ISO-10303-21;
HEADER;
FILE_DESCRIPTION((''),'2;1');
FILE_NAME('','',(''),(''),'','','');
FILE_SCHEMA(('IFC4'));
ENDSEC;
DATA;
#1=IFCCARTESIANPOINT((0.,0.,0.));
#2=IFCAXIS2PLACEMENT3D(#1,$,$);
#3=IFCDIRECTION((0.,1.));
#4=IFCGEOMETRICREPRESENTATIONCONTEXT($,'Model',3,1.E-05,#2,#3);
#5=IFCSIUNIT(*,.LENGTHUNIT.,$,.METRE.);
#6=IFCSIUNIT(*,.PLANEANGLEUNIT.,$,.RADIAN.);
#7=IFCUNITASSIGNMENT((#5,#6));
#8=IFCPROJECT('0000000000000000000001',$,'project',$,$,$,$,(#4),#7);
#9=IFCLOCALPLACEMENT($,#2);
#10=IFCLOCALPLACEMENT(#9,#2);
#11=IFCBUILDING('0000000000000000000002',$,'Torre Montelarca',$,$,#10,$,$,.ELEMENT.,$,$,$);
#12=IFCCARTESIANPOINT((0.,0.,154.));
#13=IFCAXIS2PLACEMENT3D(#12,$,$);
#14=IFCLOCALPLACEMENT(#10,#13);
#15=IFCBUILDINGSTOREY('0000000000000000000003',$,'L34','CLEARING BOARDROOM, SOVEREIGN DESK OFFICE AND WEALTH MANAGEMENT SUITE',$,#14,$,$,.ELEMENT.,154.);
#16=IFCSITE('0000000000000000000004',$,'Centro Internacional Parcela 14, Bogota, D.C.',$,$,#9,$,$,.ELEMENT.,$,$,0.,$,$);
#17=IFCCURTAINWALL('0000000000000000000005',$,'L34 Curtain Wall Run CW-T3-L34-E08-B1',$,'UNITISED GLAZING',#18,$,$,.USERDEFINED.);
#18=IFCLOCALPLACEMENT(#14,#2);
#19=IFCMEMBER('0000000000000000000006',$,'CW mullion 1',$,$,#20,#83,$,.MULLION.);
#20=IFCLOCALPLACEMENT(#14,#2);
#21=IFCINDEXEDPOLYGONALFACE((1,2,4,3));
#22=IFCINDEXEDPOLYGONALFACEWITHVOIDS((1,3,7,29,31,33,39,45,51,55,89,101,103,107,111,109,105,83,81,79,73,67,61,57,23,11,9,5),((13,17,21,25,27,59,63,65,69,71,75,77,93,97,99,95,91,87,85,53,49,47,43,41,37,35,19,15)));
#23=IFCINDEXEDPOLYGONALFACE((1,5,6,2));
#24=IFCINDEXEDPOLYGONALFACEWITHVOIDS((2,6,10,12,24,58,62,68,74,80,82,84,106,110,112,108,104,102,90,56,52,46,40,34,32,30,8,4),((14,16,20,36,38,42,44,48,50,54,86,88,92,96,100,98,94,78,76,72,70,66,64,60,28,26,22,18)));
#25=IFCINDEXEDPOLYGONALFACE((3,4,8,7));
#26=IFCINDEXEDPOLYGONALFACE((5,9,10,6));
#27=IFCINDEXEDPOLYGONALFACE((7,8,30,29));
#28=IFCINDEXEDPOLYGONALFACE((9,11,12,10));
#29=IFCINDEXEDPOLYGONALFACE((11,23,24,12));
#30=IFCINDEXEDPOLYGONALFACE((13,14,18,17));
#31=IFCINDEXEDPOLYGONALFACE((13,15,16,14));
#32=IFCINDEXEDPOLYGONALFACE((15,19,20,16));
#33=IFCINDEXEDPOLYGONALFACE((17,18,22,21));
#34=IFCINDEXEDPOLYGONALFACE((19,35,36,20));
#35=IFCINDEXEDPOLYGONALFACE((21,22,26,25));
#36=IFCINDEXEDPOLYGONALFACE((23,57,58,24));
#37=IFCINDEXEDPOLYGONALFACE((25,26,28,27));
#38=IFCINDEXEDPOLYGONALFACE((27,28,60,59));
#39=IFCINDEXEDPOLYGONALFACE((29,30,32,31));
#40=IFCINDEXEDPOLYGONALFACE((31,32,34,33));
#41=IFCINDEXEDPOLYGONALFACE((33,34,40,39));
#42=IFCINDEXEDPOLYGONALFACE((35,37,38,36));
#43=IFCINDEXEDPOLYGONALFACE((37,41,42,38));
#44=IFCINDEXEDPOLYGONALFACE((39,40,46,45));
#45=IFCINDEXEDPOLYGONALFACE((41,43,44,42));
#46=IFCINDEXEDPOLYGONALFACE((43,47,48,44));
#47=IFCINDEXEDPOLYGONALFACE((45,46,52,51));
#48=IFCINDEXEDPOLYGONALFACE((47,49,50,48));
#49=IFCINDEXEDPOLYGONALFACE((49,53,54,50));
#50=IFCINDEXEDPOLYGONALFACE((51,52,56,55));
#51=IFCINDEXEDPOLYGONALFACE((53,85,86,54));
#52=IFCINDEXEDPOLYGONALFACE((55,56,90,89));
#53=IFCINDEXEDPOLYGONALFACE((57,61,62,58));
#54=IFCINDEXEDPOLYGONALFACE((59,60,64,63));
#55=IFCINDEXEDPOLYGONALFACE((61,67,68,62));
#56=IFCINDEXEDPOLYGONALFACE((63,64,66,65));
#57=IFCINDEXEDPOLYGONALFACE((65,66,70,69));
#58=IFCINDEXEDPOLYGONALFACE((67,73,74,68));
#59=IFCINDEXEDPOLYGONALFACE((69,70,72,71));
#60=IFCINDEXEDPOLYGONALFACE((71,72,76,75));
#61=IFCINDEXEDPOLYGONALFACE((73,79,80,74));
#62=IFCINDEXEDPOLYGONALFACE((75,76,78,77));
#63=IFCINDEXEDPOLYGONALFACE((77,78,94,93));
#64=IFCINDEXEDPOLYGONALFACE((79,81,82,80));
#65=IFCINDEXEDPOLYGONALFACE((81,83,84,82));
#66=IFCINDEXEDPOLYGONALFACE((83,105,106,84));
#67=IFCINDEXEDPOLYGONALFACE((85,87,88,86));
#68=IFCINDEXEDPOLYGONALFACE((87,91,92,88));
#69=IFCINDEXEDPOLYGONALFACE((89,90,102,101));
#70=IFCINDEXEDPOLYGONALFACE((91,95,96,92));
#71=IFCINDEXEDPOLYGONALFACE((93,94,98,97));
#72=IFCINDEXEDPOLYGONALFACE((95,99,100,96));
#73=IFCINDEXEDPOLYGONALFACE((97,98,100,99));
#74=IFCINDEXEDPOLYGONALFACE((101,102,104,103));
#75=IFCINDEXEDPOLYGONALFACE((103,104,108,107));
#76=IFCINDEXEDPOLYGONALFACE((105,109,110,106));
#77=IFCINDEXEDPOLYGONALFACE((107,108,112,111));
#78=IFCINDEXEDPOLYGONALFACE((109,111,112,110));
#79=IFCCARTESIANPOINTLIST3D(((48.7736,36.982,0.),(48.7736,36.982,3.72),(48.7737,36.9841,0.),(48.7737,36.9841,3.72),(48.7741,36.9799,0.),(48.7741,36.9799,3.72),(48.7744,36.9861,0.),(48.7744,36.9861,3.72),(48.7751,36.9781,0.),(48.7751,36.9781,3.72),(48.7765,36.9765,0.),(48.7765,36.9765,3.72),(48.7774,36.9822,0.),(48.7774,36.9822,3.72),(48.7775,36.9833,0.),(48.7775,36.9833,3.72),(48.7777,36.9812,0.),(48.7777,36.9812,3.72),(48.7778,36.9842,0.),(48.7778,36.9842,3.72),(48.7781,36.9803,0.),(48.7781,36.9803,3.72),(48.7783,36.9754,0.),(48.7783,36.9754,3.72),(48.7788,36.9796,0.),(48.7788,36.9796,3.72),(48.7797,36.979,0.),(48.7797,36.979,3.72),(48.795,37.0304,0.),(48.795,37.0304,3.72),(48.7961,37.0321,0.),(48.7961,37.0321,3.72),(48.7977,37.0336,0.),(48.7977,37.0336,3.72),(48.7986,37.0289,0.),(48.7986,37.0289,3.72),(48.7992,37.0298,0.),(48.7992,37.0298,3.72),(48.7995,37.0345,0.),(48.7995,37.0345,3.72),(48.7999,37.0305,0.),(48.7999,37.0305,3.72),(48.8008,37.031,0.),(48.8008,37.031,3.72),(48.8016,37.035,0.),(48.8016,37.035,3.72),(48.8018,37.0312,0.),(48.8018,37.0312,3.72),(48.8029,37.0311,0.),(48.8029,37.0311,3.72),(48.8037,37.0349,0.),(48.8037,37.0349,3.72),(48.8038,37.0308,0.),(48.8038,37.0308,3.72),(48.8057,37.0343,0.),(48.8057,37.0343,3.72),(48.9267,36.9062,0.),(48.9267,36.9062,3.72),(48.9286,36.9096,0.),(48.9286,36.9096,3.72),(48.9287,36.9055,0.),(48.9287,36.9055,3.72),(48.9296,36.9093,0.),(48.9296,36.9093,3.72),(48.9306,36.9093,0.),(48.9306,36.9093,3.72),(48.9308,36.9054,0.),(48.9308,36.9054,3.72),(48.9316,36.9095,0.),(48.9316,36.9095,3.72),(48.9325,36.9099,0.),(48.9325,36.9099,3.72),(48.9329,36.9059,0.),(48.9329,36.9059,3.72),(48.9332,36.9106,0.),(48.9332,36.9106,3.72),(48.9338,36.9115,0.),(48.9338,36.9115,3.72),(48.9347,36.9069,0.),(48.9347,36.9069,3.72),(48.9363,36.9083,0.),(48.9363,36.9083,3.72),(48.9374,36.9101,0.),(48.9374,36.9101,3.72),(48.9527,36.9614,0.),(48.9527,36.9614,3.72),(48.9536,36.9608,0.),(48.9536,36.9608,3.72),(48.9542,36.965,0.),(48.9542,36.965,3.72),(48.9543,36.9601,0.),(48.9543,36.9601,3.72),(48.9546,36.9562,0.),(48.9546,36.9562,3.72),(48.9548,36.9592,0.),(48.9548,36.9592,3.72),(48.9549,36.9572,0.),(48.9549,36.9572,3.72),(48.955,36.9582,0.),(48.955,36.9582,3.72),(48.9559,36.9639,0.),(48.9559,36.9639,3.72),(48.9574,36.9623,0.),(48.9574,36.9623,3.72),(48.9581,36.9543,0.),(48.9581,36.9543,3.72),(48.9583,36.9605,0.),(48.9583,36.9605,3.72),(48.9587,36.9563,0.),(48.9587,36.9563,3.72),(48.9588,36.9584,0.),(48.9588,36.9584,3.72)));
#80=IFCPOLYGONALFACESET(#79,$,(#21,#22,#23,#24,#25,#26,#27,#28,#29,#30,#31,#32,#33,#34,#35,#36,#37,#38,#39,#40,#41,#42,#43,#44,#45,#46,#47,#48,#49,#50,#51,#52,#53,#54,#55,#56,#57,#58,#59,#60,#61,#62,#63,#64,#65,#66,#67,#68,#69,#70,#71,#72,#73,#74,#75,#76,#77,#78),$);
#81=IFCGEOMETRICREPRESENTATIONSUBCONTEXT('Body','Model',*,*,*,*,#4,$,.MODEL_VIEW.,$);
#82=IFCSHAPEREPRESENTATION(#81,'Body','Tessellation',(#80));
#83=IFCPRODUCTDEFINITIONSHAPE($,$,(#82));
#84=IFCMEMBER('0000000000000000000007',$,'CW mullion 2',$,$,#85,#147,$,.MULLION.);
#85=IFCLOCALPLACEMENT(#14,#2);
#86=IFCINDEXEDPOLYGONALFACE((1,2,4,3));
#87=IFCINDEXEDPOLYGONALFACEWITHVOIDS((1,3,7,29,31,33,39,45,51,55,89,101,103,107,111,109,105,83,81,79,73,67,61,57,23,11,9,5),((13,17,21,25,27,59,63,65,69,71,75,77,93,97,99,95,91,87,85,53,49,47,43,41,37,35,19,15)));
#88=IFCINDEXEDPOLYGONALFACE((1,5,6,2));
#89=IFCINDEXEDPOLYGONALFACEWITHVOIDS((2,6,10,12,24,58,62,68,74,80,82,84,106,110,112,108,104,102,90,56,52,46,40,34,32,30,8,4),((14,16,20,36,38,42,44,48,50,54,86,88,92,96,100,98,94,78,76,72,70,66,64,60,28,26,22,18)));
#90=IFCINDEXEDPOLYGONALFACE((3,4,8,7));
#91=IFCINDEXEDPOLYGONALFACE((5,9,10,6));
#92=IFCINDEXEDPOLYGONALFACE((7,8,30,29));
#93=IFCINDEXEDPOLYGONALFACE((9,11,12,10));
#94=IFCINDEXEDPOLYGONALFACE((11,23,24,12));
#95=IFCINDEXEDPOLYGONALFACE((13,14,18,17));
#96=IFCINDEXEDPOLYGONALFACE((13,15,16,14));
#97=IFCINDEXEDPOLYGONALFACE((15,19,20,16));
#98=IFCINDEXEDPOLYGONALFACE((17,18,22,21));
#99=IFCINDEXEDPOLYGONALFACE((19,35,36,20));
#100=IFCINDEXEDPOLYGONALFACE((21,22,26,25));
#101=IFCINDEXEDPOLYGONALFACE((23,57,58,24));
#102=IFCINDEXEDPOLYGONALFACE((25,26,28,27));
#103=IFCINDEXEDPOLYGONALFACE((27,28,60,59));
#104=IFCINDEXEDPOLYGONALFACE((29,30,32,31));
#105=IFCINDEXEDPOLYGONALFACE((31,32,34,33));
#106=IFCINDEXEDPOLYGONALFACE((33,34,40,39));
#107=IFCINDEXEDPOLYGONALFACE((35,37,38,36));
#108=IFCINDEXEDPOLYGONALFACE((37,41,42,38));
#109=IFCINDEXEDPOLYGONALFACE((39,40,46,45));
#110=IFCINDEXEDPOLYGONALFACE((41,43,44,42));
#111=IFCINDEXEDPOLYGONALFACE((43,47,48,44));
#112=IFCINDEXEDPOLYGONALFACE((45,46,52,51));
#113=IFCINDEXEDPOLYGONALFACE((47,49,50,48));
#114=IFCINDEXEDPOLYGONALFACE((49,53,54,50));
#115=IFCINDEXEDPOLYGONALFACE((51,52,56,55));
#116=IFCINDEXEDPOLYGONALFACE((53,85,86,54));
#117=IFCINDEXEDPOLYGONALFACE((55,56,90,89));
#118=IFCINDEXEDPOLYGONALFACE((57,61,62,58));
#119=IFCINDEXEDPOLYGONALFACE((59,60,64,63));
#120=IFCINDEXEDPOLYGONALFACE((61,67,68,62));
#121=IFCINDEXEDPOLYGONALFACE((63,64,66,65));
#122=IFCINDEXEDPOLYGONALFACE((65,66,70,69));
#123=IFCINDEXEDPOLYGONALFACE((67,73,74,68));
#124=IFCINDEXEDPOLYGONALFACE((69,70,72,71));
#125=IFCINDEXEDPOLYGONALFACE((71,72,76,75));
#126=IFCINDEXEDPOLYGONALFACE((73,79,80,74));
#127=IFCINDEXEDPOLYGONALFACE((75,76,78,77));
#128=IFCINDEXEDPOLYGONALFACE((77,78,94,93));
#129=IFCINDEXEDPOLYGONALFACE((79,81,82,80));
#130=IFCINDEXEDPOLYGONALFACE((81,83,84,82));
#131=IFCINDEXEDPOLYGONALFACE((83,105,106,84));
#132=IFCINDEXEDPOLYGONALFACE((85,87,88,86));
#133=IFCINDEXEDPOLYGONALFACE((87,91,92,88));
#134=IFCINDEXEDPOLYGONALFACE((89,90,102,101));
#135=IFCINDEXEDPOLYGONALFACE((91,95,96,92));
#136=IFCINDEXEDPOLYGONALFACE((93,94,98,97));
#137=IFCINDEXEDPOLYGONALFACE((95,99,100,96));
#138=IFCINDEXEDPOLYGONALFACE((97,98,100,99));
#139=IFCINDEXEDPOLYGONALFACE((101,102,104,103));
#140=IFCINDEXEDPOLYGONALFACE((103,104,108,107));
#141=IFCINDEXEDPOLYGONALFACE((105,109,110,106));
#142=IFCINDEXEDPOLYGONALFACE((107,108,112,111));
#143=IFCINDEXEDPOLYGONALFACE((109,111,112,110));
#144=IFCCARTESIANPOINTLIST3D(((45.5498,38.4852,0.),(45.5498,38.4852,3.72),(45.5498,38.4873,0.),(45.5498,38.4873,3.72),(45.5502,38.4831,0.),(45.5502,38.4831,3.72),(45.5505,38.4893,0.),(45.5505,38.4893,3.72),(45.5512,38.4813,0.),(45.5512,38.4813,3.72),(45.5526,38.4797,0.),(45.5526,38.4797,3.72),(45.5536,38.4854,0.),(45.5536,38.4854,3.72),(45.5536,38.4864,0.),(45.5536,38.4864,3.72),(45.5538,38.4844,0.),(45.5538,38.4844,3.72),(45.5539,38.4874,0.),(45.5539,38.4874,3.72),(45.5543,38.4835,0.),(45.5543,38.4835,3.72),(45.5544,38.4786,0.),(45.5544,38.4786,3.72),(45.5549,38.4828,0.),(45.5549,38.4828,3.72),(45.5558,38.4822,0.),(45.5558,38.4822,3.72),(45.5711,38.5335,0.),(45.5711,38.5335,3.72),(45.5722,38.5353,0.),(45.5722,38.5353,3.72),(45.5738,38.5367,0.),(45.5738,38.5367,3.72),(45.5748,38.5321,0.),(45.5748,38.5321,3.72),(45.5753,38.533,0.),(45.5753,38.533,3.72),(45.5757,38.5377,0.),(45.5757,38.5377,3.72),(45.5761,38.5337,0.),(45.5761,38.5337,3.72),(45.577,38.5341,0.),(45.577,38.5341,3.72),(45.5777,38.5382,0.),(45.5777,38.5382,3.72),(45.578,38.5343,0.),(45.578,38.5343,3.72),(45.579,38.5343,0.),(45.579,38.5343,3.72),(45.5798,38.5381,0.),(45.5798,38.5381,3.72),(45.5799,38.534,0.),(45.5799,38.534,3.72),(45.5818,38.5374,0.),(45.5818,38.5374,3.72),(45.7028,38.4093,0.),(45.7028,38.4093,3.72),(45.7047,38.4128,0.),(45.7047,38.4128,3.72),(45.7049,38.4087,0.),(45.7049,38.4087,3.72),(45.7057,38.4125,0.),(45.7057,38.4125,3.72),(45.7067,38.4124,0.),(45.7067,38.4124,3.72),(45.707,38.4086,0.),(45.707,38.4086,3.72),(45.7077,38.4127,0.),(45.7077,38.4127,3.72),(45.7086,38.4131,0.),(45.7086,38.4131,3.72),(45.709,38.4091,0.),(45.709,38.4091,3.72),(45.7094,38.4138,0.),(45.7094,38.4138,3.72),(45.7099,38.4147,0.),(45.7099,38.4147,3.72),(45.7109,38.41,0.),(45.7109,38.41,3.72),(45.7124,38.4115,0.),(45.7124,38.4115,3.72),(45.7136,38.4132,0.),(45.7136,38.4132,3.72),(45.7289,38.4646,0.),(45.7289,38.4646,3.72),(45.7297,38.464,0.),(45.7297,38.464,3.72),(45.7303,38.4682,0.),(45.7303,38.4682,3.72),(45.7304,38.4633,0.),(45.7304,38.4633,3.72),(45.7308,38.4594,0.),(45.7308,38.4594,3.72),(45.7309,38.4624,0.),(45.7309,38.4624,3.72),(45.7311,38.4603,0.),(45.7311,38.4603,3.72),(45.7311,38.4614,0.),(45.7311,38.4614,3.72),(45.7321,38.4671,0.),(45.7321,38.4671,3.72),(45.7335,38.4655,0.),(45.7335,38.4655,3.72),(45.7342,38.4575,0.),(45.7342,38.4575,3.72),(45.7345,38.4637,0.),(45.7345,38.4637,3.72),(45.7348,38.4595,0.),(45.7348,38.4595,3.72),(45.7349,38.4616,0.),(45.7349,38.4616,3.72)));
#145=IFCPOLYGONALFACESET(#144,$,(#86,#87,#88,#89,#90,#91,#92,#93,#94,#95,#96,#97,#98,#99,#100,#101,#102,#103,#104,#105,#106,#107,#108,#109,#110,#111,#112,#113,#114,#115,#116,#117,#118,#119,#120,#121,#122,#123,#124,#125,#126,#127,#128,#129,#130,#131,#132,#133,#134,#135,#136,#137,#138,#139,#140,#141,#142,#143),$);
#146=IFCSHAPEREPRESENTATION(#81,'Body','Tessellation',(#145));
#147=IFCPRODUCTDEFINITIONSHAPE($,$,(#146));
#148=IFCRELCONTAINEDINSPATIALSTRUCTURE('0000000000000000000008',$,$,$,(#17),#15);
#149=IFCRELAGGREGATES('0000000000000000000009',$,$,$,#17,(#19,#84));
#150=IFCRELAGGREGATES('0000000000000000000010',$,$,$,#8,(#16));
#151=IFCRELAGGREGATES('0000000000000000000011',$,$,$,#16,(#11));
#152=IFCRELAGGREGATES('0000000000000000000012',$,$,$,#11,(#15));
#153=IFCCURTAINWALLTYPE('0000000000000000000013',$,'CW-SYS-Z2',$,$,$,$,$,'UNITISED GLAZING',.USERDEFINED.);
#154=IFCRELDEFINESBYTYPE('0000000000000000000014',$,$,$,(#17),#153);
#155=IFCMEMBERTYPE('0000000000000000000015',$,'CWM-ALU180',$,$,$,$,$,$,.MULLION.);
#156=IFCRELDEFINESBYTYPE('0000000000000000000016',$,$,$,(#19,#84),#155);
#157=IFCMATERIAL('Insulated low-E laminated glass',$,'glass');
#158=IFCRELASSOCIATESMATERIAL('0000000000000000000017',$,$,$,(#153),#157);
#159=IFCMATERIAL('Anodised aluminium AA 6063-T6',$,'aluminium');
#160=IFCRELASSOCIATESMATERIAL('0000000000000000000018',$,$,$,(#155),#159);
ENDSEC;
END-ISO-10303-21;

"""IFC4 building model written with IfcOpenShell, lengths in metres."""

from ifc_helpers import new_model, si_unit, direction, frame, origin, origin_2d, place, context, subcontext, project, spatial, hollow_rectangle, extrude, source, transform, mapped, material, material_profile, profile_set, type_object, element, aggregate, save


model = new_model("IFC4")

# Units and contexts
model_context = context("Model", 3, precision=1e-05, world=origin(), true_north=direction((0.0, 1.0)))
body_context = subcontext(model_context, "Body", "Model", "MODEL_VIEW")
ifc_project = project(units=[si_unit("LENGTHUNIT", "METRE"), si_unit("PLANEANGLEUNIT", "RADIAN")], contexts=[model_context])

# Site, building, storey
site_placement = place(None, origin())
site = spatial("IfcSite", under=ifc_project, at=site_placement, Name="Centro Internacional Parcela 14, Bogota, D.C.", CompositionType="ELEMENT", RefElevation=0.0)
building_placement = place(site_placement, origin())
building = spatial("IfcBuilding", under=site, at=building_placement, Name="Torre Montelarca", CompositionType="ELEMENT")
storey_placement = place(building_placement, frame((0.0, 0.0, 154.0)))
storey = spatial("IfcBuildingStorey", under=building, at=storey_placement, Name="L34", Description="CLEARING BOARDROOM, SOVEREIGN DESK OFFICE AND WEALTH MANAGEMENT SUITE", CompositionType="ELEMENT", Elevation=154.0)

# Curtain wall, members
ifc_material_1 = material(Name="Insulated low-E laminated glass", Category="glass")
curtain_wall_type = type_object("IfcCurtainWallType", Name="CW-SYS-Z2", ElementType="UNITISED GLAZING", PredefinedType="USERDEFINED", material=ifc_material_1)
ifc_material_2 = material(Name="Anodised aluminium AA 6063-T6", Category="aluminium")
ifc_material_profile_1 = material_profile(ifc_material_2, hollow_rectangle(XDim=0.0649, YDim=0.1799, WallThickness=0.0039, InnerFilletRadius=0.0039, OuterFilletRadius=0.0081, at=origin_2d()), Name="ALU65X180X4", Category="aluminium")
ifc_profile_set_1 = profile_set([ifc_material_profile_1], Name="Anodised aluminium AA 6063-T6")
member_type_1 = type_object("IfcMemberType", Name="CWM-ALU180", PredefinedType="MULLION", material=ifc_profile_set_1)
shared_shape_1 = source(origin(), body_context, "Body", "SweptSolid", [
    extrude(hollow_rectangle(XDim=0.0649, YDim=0.1799, WallThickness=0.0039, InnerFilletRadius=0.0039, OuterFilletRadius=0.0081, at=origin_2d()), origin(), (0.0, 0.0, 1.0), 3.72),
])
curtain_wall_1_placement = place(storey_placement, origin())
curtain_wall_1 = element("IfcCurtainWall", 1, at=curtain_wall_1_placement, inside=storey, type_object=curtain_wall_type, Name="L34 Curtain Wall Run CW-T3-L34-E08-B1", ObjectType="UNITISED GLAZING", PredefinedType="USERDEFINED")
member_1_placement = place(storey_placement, frame((48.8662, 36.9702, 0.0), z_axis=(0.0, 0.0, 1.0), x_axis=(-0.422609, -0.906312, 0.0)))
member_1 = element("IfcMember", 2, at=member_1_placement, type_object=member_type_1, Name="CW mullion 1", PredefinedType="MULLION", context=body_context, shape_type="MappedRepresentation", body=[
    mapped(shared_shape_1, transform((0.0, 0.0, 0.0), scale=1.0)),
])
member_2_placement = place(storey_placement, frame((45.6423, 38.4734, 0.0), z_axis=(0.0, 0.0, 1.0), x_axis=(-0.422609, -0.906312, 0.0)))
member_2 = element("IfcMember", 3, at=member_2_placement, type_object=member_type_1, Name="CW mullion 2", PredefinedType="MULLION", context=body_context, shape_type="MappedRepresentation", body=[
    mapped(shared_shape_1, transform((0.0, 0.0, 0.0), scale=1.0)),
])

aggregate(curtain_wall_1, [member_1, member_2])

save(model, "model.ifc")
